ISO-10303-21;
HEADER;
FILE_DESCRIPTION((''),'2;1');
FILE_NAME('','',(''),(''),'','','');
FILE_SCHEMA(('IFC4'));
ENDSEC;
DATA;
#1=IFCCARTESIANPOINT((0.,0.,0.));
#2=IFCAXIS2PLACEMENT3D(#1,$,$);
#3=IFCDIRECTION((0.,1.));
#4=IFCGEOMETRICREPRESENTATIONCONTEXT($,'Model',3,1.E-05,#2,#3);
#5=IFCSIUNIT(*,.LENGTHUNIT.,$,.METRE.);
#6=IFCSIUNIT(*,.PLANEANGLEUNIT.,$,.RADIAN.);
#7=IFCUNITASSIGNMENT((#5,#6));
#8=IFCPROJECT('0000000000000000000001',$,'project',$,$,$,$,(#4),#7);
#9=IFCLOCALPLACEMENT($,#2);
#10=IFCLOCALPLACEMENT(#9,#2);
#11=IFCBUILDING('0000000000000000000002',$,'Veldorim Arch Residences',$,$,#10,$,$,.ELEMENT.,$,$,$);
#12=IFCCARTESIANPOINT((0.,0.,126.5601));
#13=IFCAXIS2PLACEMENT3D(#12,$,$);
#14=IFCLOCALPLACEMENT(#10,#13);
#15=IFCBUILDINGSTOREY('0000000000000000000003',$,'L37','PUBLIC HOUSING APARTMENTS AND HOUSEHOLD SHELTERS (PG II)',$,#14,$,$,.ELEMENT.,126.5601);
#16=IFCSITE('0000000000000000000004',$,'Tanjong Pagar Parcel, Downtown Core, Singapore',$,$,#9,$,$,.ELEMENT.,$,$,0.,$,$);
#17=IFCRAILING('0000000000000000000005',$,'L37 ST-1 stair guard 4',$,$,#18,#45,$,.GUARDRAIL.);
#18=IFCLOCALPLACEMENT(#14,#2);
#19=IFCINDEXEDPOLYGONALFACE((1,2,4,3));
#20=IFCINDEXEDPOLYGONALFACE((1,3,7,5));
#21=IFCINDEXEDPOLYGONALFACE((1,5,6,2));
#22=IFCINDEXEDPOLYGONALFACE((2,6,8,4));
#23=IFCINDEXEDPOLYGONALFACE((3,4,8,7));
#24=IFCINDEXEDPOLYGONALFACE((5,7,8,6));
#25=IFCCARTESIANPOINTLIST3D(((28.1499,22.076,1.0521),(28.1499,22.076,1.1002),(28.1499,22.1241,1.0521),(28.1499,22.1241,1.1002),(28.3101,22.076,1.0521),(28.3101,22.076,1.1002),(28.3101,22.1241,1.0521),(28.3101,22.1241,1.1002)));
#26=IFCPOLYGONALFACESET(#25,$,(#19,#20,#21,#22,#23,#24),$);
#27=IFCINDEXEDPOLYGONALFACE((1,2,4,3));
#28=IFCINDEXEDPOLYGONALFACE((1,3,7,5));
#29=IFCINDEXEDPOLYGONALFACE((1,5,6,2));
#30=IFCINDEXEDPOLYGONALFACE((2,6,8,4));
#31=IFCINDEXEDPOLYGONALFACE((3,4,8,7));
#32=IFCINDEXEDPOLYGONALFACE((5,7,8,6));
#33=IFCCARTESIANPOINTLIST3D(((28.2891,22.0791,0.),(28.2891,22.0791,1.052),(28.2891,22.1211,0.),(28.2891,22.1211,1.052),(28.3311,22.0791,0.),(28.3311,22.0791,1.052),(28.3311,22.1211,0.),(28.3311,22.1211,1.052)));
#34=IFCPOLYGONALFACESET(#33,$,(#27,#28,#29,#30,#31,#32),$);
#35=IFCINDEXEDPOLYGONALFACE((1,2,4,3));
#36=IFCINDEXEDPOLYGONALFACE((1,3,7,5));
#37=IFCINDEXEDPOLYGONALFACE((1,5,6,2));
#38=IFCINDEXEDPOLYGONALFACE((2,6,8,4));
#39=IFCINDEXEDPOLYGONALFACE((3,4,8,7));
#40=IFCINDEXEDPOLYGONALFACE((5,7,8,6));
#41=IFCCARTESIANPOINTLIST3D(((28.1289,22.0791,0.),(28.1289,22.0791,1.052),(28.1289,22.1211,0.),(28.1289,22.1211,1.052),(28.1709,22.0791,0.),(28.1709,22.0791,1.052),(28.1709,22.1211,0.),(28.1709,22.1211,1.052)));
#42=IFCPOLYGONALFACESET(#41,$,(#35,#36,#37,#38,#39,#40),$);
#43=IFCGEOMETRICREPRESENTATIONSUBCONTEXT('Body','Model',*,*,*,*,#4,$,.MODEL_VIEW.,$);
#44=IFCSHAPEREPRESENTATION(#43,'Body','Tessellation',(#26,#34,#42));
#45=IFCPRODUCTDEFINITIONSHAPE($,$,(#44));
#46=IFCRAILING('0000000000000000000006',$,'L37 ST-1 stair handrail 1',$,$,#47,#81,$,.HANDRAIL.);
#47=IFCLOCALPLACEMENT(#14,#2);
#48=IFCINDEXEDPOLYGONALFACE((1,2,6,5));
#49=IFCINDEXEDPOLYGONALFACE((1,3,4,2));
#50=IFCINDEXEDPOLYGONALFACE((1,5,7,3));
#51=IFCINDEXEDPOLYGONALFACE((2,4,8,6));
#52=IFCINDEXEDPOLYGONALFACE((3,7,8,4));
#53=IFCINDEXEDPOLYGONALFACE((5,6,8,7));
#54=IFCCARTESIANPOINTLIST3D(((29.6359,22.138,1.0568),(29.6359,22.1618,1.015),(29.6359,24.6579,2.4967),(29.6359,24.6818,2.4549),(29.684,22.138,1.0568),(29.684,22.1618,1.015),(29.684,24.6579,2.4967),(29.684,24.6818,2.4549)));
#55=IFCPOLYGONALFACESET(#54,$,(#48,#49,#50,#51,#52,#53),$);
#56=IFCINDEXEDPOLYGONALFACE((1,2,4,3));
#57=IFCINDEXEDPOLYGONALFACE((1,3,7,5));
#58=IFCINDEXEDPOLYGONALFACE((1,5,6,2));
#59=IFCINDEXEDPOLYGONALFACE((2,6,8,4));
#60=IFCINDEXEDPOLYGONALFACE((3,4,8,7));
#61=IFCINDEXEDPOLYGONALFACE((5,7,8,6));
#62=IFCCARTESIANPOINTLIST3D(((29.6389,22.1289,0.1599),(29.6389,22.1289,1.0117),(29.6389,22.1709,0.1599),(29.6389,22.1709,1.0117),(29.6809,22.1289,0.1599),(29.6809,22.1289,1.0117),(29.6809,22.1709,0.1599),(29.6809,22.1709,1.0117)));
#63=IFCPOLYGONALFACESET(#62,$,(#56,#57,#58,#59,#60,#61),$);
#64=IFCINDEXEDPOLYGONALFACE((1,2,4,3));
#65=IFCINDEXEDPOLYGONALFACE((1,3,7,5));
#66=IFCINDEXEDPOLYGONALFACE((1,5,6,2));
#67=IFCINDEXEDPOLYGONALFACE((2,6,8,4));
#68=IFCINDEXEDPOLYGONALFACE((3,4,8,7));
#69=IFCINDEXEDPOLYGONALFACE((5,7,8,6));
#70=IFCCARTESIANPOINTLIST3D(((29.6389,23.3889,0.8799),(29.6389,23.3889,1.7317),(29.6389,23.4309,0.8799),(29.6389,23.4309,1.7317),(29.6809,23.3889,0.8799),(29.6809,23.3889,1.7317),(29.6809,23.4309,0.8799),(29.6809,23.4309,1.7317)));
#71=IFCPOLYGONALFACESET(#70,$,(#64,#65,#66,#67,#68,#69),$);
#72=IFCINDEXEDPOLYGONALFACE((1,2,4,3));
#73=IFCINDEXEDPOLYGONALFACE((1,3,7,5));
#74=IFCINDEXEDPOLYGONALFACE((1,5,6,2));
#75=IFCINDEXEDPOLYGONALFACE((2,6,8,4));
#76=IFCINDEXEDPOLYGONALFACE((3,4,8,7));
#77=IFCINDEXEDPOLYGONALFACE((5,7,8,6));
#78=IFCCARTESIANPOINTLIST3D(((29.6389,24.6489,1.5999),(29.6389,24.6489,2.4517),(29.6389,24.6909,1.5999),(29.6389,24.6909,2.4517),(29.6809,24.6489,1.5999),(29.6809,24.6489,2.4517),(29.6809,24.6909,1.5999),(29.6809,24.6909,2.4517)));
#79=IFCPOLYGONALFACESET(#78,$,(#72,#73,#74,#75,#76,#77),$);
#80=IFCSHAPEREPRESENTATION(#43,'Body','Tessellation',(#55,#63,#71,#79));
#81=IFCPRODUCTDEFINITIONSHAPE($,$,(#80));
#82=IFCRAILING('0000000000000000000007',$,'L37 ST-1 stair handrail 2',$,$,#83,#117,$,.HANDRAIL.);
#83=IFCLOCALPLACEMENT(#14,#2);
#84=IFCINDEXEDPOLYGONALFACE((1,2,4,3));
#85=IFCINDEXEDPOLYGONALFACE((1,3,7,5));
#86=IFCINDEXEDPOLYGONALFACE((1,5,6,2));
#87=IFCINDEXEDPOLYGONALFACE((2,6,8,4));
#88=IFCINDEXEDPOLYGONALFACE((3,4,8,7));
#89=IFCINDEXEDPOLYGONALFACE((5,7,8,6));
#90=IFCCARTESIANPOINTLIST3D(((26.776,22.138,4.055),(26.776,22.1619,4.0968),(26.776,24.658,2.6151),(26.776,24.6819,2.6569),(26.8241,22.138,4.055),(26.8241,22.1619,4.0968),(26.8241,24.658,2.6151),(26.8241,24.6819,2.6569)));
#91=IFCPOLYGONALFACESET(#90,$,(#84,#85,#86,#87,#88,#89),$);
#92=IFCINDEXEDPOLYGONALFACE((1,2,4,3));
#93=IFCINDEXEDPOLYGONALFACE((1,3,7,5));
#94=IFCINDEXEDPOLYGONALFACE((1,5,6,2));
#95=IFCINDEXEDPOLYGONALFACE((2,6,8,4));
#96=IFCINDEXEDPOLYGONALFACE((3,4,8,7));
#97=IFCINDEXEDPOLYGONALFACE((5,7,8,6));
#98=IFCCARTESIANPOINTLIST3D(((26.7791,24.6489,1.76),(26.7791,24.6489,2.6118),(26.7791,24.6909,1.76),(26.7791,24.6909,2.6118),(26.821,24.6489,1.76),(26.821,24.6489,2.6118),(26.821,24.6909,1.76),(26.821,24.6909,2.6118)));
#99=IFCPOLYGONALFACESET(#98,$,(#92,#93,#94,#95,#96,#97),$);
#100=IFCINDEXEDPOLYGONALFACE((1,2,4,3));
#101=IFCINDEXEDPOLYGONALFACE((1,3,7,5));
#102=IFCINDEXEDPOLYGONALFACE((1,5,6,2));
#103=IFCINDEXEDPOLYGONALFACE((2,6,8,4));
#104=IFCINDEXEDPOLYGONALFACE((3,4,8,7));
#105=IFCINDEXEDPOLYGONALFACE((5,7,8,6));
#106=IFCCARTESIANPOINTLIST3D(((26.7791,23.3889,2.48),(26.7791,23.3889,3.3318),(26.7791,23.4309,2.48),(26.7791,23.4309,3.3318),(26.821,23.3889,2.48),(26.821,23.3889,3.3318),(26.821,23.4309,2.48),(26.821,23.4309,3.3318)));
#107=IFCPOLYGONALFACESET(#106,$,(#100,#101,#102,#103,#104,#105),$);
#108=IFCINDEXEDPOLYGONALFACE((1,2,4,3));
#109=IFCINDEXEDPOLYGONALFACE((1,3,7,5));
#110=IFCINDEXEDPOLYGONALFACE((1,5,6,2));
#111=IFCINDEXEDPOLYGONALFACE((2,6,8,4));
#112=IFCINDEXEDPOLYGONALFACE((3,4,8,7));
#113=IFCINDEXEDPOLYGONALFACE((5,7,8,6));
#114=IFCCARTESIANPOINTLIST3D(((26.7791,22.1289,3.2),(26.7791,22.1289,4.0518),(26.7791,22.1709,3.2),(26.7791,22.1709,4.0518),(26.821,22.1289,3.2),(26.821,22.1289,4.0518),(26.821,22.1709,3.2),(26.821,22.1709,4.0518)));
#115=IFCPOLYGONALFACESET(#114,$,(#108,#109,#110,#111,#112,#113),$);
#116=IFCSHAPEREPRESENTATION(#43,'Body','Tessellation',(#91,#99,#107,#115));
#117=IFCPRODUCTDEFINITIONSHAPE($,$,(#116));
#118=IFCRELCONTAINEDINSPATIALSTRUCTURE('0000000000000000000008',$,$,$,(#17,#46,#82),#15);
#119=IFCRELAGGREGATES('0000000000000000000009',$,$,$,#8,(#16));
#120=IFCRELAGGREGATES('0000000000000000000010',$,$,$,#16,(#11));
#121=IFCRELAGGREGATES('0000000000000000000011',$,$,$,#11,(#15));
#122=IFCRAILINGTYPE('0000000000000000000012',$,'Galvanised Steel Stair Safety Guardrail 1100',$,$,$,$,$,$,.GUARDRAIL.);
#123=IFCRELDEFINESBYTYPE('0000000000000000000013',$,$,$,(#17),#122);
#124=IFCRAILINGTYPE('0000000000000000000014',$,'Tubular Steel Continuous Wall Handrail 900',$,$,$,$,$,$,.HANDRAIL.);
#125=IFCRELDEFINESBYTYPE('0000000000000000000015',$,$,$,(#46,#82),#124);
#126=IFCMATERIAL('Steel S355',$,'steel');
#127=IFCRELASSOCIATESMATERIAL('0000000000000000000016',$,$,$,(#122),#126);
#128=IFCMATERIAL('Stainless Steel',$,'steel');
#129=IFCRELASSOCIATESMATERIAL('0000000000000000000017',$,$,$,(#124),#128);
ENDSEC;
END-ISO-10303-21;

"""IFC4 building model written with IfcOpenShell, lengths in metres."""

from ifc_helpers import new_model, si_unit, direction, frame, origin, origin_2d, place, context, subcontext, project, spatial, rectangle, extrude, material, type_object, element, save


model = new_model("IFC4")

# Units and contexts
model_context = context("Model", 3, precision=1e-05, world=origin(), true_north=direction((0.0, 1.0)))
body_context = subcontext(model_context, "Body", "Model", "MODEL_VIEW")
ifc_project = project(units=[si_unit("LENGTHUNIT", "METRE"), si_unit("PLANEANGLEUNIT", "RADIAN")], contexts=[model_context])

# Site, building, storey
site_placement = place(None, origin())
site = spatial("IfcSite", under=ifc_project, at=site_placement, Name="Tanjong Pagar Parcel, Downtown Core, Singapore", CompositionType="ELEMENT", RefElevation=0.0)
building_placement = place(site_placement, origin())
building = spatial("IfcBuilding", under=site, at=building_placement, Name="Veldorim Arch Residences", CompositionType="ELEMENT")
storey_placement = place(building_placement, frame((0.0, 0.0, 126.5601)))
storey = spatial("IfcBuildingStorey", under=building, at=storey_placement, Name="L37", Description="PUBLIC HOUSING APARTMENTS AND HOUSEHOLD SHELTERS (PG II)", CompositionType="ELEMENT", Elevation=126.5601)

# Railings
ifc_material_1 = material(Name="Steel S355", Category="steel")
railing_type_1 = type_object("IfcRailingType", Name="Galvanised Steel Stair Safety Guardrail 1100", PredefinedType="GUARDRAIL", material=ifc_material_1)
railing_1_placement = place(storey_placement, frame((28.3101, 22.1001, 0.0)))
element("IfcRailing", 1, at=railing_1_placement, inside=storey, type_object=railing_type_1, Name="L37 ST-1 stair guard 4", PredefinedType="GUARDRAIL", context=body_context, shape_type="SweptSolid", body=[
    extrude(rectangle(XDim=0.0481, YDim=0.0481, at=origin_2d()), frame((0.0, 0.0, 1.0762), z_axis=(-1.0, 0.0, 0.0), x_axis=(0.0, -1.0, 0.0)), (0.0, 0.0, 1.0), 0.1602),
    extrude(rectangle(XDim=0.042, YDim=0.042, at=origin_2d()), origin(), (0.0, 0.0, 1.0), 1.052),
    extrude(rectangle(XDim=0.042, YDim=0.042, at=origin_2d()), frame((-0.1602, 0.0, 0.0)), (0.0, 0.0, 1.0), 1.052),
])
ifc_material_2 = material(Name="Stainless Steel", Category="steel")
railing_type_2 = type_object("IfcRailingType", Name="Tubular Steel Continuous Wall Handrail 900", PredefinedType="HANDRAIL", material=ifc_material_2)
railing_2_placement = place(storey_placement, frame((29.6599, 22.1499, 0.1599)))
element("IfcRailing", 2, at=railing_2_placement, inside=storey, type_object=railing_type_2, Name="L37 ST-1 stair handrail 1", PredefinedType="HANDRAIL", context=body_context, shape_type="SweptSolid", body=[
    extrude(rectangle(XDim=0.0481, YDim=0.0481, at=origin_2d()), frame((0.0, 0.0, 0.876), z_axis=(0.0, 0.868253, 0.496121), x_axis=(-1.0, 0.0, 0.0)), (0.0, 0.0, 1.0), 2.9023),
    extrude(rectangle(XDim=0.042, YDim=0.042, at=origin_2d()), origin(), (0.0, 0.0, 1.0), 0.8518),
    extrude(rectangle(XDim=0.042, YDim=0.042, at=origin_2d()), frame((0.0, 1.26, 0.72)), (0.0, 0.0, 1.0), 0.8518),
    extrude(rectangle(XDim=0.042, YDim=0.042, at=origin_2d()), frame((0.0, 2.52, 1.4399)), (0.0, 0.0, 1.0), 0.8518),
])
railing_3_placement = place(storey_placement, frame((26.8, 24.6699, 1.76)))
element("IfcRailing", 3, at=railing_3_placement, inside=storey, type_object=railing_type_2, Name="L37 ST-1 stair handrail 2", PredefinedType="HANDRAIL", context=body_context, shape_type="SweptSolid", body=[
    extrude(rectangle(XDim=0.0481, YDim=0.0481, at=origin_2d()), frame((0.0, 0.0, 0.876), z_axis=(0.0, -0.868253, 0.496121), x_axis=(1.0, 0.0, 0.0)), (0.0, 0.0, 1.0), 2.9023),
    extrude(rectangle(XDim=0.042, YDim=0.042, at=origin_2d()), origin(), (0.0, 0.0, 1.0), 0.8518),
    extrude(rectangle(XDim=0.042, YDim=0.042, at=origin_2d()), frame((0.0, -1.26, 0.72)), (0.0, 0.0, 1.0), 0.8518),
    extrude(rectangle(XDim=0.042, YDim=0.042, at=origin_2d()), frame((0.0, -2.52, 1.4399)), (0.0, 0.0, 1.0), 0.8518),
])

save(model, "model.ifc")
